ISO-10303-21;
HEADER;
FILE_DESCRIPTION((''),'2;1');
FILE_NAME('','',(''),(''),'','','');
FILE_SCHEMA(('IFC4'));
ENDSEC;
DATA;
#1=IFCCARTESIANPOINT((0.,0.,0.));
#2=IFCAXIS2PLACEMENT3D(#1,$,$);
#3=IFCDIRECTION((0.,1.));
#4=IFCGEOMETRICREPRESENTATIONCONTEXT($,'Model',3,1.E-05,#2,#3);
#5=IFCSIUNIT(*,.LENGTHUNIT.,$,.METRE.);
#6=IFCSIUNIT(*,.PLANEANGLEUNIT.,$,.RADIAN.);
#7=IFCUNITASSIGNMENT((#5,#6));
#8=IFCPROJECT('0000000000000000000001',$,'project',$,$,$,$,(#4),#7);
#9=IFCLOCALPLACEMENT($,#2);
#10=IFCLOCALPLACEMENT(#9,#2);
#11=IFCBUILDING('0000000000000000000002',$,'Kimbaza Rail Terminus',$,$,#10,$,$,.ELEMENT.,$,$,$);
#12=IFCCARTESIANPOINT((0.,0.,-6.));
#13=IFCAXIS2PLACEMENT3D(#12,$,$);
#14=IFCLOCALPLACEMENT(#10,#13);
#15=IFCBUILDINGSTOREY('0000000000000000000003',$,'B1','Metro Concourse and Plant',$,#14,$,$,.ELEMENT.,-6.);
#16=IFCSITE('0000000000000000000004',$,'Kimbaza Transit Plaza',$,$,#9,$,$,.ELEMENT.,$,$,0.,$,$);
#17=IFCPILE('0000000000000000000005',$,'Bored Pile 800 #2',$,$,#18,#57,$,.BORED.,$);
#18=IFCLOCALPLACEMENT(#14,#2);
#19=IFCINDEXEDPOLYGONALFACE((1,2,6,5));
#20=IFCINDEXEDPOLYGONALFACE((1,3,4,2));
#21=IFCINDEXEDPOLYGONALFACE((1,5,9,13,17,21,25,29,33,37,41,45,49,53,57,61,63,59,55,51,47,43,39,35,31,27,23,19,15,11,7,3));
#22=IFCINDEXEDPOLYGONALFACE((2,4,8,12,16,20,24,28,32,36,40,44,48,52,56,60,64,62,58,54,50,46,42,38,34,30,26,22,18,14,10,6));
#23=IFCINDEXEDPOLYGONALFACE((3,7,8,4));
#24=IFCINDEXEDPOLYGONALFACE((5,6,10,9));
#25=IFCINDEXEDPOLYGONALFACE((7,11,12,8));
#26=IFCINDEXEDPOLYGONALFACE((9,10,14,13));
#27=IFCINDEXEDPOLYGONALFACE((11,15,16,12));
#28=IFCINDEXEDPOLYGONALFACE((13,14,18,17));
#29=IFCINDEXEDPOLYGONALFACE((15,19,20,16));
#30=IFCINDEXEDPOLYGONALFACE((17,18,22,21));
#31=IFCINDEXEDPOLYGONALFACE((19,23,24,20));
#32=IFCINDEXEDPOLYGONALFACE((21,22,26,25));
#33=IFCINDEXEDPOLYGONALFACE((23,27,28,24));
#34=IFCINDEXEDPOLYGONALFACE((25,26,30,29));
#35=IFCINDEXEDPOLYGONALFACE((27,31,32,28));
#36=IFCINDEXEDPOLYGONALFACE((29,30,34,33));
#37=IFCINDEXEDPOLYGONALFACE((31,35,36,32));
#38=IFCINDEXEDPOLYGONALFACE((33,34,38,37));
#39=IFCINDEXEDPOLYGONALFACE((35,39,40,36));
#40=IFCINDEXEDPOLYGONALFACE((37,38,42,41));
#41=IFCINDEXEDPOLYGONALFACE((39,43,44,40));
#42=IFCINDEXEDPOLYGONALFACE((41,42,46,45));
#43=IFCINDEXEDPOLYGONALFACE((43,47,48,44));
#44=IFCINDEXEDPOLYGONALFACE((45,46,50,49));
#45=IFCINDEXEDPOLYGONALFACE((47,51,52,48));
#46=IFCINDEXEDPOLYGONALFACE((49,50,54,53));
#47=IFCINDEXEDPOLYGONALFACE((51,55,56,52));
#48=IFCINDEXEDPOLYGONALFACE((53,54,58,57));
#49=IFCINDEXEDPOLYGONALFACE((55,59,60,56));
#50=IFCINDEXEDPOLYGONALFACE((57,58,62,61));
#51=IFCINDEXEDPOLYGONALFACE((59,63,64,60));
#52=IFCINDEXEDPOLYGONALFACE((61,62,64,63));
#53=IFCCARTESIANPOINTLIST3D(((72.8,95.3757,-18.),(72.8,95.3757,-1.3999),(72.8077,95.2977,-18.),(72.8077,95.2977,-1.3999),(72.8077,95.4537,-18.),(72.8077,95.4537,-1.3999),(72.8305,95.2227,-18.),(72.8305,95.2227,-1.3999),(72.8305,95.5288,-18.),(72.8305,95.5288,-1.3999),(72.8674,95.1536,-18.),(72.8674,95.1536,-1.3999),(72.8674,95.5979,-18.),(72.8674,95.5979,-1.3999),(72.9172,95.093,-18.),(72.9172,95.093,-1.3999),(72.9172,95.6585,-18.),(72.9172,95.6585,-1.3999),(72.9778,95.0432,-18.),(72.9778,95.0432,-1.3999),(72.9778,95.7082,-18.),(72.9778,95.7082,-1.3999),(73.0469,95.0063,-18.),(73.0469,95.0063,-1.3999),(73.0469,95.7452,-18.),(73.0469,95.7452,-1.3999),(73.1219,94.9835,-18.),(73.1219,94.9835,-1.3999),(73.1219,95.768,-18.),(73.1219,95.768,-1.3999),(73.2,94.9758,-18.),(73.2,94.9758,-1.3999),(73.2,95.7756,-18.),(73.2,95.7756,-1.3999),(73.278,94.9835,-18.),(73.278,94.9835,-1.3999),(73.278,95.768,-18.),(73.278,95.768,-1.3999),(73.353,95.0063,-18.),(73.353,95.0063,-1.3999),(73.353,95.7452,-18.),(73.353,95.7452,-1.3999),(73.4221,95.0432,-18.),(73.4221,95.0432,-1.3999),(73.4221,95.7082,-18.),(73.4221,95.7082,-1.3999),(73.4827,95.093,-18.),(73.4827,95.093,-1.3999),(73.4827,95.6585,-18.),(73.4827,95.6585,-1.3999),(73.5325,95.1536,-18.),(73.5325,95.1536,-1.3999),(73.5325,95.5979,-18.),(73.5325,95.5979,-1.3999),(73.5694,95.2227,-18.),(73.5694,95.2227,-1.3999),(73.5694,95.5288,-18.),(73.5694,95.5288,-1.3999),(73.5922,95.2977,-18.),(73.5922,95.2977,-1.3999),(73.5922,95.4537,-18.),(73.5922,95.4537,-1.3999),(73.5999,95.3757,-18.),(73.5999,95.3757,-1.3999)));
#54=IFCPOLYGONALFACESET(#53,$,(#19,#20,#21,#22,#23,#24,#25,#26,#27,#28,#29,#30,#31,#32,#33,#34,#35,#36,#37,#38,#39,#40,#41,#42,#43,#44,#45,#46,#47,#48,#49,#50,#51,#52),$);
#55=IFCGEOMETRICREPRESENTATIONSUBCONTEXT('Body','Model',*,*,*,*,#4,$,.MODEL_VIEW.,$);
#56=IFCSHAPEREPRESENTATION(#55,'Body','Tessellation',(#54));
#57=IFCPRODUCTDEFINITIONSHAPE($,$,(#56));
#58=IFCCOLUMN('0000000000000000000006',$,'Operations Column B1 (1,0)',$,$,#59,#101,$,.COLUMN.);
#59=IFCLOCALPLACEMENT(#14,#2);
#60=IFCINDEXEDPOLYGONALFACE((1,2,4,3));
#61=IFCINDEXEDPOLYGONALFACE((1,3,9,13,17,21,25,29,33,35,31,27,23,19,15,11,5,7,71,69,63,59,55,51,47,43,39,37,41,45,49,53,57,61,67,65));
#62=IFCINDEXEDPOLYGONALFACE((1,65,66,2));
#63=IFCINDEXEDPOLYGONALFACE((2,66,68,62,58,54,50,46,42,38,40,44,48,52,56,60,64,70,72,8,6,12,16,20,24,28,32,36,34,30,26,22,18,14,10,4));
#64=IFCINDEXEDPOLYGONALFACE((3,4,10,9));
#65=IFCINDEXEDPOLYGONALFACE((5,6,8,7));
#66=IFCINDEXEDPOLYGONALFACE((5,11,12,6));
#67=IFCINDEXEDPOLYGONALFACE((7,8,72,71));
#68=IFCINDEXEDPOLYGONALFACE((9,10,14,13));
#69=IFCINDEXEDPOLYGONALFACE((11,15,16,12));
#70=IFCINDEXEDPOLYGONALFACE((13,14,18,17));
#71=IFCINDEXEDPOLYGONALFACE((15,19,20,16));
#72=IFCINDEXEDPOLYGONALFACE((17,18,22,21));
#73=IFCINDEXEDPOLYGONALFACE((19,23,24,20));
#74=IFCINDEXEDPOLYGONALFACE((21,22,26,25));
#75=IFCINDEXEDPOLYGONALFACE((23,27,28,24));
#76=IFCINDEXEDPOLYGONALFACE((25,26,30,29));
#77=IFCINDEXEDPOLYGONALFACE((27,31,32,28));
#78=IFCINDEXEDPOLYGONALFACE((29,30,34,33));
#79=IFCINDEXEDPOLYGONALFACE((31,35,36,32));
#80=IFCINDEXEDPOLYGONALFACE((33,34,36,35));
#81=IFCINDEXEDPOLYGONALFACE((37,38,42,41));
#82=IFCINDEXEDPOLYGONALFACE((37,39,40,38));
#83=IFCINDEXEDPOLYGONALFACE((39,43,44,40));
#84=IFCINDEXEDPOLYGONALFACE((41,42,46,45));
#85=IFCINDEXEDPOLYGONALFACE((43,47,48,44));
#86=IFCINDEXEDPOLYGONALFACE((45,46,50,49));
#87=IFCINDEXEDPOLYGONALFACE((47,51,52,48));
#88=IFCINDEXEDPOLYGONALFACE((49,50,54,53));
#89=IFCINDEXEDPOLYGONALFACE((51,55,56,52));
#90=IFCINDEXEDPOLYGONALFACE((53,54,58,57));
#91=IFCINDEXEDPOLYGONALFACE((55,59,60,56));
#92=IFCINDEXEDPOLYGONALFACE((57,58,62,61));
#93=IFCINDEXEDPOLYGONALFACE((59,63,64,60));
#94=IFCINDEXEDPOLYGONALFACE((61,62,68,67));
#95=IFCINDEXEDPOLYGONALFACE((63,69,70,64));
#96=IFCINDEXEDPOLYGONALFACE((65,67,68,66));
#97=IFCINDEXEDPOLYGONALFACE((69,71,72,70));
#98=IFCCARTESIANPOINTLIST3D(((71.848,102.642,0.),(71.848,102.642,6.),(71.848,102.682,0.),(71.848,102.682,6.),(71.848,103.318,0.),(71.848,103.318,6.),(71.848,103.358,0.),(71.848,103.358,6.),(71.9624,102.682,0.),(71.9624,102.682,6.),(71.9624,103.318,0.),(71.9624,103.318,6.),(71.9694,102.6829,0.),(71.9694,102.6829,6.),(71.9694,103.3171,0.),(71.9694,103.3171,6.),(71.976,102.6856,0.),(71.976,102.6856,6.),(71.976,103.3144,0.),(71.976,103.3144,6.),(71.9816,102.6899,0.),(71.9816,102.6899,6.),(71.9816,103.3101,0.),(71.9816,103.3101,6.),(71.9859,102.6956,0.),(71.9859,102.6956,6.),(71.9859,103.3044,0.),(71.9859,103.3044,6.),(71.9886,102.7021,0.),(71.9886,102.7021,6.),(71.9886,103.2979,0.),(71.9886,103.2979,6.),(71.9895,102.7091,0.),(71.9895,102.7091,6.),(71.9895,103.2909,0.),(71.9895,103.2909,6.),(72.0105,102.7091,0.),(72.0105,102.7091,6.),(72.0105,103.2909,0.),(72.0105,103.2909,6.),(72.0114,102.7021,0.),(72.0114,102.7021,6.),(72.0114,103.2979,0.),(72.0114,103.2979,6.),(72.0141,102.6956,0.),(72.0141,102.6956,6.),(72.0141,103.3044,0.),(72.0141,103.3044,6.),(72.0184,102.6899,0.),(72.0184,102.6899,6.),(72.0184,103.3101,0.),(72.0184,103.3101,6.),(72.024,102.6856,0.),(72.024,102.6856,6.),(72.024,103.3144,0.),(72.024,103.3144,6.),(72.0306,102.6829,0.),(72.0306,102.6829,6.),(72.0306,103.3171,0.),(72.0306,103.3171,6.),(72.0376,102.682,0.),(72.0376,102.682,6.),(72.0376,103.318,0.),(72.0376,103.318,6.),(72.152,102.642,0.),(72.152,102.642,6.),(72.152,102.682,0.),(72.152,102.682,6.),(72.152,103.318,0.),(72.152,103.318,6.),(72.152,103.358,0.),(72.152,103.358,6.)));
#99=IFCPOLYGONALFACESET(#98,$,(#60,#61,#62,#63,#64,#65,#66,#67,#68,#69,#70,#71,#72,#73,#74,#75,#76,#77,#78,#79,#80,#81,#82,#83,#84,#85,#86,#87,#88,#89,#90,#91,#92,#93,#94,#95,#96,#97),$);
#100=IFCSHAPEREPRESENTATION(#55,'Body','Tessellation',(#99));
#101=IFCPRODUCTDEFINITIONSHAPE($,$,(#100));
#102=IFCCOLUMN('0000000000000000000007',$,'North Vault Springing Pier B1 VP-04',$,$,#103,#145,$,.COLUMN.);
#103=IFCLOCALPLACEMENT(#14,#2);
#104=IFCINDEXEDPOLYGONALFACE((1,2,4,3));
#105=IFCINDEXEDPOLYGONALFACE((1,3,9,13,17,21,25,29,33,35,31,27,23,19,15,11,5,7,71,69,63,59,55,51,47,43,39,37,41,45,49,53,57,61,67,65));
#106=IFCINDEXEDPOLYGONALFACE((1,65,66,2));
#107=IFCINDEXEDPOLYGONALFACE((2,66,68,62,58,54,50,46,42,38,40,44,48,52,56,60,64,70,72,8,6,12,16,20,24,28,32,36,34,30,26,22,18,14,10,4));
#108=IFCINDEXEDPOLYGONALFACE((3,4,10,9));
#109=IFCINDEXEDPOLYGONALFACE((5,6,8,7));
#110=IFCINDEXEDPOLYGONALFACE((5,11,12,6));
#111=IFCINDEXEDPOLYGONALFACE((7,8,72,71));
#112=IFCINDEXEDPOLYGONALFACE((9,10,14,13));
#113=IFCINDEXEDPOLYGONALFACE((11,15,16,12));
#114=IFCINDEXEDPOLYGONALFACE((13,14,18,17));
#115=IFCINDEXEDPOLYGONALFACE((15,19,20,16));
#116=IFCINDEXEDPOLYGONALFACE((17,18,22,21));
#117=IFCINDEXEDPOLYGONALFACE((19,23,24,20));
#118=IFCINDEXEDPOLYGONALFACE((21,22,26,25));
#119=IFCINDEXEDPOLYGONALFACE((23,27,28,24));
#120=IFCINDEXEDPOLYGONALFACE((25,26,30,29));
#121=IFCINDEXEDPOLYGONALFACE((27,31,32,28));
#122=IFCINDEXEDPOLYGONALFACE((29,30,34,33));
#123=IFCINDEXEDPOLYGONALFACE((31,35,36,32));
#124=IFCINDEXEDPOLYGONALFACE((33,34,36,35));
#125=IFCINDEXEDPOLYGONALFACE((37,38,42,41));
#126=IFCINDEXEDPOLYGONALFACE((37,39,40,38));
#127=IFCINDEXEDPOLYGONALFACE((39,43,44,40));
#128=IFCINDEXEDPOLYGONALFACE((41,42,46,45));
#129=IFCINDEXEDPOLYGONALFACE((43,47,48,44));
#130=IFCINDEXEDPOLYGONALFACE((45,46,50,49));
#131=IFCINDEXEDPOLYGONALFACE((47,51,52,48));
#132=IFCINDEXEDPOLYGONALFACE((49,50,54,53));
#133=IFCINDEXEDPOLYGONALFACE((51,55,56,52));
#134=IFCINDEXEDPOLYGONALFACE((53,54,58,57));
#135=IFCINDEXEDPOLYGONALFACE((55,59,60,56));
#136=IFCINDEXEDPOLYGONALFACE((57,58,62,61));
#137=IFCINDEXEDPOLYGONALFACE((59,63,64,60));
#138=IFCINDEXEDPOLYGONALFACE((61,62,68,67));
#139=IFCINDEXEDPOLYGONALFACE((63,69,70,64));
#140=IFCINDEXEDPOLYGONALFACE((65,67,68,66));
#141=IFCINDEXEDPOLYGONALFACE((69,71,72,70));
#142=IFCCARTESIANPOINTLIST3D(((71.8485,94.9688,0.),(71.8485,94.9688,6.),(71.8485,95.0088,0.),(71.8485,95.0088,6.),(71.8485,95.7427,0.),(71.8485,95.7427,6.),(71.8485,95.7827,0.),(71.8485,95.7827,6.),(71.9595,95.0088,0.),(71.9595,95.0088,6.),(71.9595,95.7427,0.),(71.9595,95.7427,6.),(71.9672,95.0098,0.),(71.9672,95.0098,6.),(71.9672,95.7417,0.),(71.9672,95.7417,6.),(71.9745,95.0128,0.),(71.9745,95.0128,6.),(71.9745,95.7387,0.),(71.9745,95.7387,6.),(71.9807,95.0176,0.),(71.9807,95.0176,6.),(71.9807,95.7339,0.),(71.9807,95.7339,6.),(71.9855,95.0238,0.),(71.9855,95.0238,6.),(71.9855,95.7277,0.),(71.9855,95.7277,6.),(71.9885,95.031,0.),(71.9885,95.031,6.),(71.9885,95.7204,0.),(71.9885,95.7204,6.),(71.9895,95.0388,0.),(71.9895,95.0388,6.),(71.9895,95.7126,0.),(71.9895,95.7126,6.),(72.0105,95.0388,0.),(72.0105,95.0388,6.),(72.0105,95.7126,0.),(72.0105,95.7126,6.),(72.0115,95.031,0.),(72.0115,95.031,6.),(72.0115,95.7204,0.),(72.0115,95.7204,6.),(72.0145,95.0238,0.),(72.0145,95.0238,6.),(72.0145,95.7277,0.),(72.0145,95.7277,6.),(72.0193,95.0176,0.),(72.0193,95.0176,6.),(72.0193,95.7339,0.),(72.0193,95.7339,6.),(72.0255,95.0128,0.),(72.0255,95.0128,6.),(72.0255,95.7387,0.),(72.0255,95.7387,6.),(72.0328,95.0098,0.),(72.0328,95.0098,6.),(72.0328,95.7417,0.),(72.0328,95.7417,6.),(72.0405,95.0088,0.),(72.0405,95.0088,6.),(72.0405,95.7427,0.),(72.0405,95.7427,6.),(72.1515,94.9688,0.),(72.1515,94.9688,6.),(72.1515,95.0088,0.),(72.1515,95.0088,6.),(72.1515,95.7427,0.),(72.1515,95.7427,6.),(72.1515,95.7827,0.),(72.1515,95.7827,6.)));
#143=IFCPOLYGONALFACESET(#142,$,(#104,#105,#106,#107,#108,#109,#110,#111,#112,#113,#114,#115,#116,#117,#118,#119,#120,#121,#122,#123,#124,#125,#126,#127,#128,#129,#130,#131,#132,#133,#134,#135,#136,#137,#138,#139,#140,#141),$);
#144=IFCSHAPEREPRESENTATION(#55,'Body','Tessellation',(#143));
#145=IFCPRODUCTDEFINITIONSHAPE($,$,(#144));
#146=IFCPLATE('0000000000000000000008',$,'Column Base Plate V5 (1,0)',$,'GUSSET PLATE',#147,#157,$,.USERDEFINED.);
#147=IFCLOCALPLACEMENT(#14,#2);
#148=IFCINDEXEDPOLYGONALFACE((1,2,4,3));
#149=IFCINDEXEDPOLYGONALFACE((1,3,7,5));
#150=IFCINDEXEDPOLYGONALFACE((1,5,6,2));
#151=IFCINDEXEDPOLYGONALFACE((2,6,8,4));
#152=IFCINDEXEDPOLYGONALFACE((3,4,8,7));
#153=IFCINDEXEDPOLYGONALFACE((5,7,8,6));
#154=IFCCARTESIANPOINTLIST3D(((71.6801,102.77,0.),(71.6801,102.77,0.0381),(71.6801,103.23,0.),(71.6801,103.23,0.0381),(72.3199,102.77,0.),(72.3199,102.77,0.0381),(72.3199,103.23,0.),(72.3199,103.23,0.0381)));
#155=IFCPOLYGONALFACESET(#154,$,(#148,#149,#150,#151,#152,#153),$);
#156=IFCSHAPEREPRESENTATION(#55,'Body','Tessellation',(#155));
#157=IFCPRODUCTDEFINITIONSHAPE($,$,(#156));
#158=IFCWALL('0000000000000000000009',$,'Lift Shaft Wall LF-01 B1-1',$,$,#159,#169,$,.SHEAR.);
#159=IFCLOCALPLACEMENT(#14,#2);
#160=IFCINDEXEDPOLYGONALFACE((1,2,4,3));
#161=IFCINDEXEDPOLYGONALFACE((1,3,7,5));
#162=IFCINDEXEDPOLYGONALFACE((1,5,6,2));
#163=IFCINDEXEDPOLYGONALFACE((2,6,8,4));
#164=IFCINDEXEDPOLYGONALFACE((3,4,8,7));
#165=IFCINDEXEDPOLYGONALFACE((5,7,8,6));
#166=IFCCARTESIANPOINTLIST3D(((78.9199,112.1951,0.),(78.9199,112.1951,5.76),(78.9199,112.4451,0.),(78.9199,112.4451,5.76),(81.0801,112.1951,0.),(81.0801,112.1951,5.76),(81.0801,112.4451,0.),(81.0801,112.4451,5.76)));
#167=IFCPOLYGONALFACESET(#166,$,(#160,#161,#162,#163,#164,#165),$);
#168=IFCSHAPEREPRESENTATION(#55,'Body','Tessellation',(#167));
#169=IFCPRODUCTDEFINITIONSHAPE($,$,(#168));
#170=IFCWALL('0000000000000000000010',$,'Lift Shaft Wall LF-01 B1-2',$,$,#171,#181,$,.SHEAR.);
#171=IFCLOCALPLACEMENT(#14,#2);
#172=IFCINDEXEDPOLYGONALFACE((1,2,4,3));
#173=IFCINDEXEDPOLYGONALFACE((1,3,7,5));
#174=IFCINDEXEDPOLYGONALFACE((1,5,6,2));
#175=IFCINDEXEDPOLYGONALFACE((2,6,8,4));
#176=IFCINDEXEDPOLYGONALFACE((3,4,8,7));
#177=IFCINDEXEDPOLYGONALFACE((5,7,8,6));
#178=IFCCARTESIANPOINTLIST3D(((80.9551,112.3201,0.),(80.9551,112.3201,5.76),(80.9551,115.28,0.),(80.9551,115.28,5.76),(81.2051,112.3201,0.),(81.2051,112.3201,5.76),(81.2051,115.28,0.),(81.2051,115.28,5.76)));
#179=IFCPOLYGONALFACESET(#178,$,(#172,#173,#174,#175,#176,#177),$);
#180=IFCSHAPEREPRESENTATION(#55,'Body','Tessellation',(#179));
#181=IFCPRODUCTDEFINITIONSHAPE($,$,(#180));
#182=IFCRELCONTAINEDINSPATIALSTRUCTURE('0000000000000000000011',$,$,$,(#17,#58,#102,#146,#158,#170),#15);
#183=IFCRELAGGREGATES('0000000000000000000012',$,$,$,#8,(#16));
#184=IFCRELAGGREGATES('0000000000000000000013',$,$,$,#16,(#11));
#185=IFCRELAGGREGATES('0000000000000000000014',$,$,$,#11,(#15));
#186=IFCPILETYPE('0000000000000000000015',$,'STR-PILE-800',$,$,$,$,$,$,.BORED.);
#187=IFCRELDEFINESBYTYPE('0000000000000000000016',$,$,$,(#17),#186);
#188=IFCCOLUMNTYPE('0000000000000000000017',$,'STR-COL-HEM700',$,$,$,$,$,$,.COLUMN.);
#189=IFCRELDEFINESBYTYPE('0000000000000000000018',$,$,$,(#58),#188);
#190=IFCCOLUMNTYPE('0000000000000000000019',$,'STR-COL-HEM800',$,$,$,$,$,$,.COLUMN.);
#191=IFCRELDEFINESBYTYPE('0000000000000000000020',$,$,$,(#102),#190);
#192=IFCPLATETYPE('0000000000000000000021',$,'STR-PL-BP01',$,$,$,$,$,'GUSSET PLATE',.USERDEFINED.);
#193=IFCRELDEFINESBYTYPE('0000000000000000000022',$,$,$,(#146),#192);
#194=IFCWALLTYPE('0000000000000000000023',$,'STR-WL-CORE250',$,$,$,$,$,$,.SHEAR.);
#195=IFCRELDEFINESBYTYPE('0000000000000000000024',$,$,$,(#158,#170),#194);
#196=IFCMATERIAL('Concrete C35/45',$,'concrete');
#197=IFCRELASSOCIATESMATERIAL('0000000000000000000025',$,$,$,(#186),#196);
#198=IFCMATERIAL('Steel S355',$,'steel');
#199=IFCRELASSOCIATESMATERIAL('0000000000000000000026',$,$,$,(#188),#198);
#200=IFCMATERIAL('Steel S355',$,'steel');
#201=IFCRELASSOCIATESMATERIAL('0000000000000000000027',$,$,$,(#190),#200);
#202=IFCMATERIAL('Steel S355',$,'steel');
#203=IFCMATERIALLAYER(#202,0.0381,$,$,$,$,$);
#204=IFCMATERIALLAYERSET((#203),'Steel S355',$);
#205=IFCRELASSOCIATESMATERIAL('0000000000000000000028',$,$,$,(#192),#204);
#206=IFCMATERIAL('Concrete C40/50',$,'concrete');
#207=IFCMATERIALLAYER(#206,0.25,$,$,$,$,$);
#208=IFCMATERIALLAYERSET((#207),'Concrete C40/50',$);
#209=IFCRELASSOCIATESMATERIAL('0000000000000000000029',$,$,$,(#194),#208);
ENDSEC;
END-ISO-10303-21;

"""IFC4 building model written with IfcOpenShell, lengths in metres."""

from ifc_helpers import new_model, si_unit, direction, frame, frame_2d, origin, origin_2d, place, context, subcontext, project, spatial, rectangle, circle, i_section, extrude, material, layer, layer_set, material_profile, profile_set, type_object, element, save


model = new_model("IFC4")

# Units and contexts
model_context = context("Model", 3, precision=1e-05, world=origin(), true_north=direction((0.0, 1.0)))
body_context = subcontext(model_context, "Body", "Model", "MODEL_VIEW")
ifc_project = project(units=[si_unit("LENGTHUNIT", "METRE"), si_unit("PLANEANGLEUNIT", "RADIAN")], contexts=[model_context])

# Site, building, storey
site_placement = place(None, origin())
site = spatial("IfcSite", under=ifc_project, at=site_placement, Name="Kimbaza Transit Plaza", CompositionType="ELEMENT", RefElevation=0.0)
building_placement = place(site_placement, origin())
building = spatial("IfcBuilding", under=site, at=building_placement, Name="Kimbaza Rail Terminus", CompositionType="ELEMENT")
storey_placement = place(building_placement, frame((0.0, 0.0, -6.0)))
storey = spatial("IfcBuildingStorey", under=building, at=storey_placement, Name="B1", Description="Metro Concourse and Plant", CompositionType="ELEMENT", Elevation=-6.0)

# Pile
ifc_material_1 = material(Name="Concrete C35/45", Category="concrete")
ifc_material_profile_1 = material_profile(ifc_material_1, circle(Radius=0.3999, at=origin_2d()), Name="BORED PILE 800")
ifc_profile_set_1 = profile_set([ifc_material_profile_1], Name="Concrete C35/45")
pile_type = type_object("IfcPileType", Name="STR-PILE-800", PredefinedType="BORED", material=ifc_profile_set_1)
pile_1_placement = place(storey_placement, frame((73.2, 95.3757, -1.3999), z_axis=(0.0, 0.0, -1.0), x_axis=(1.0, 0.0, 0.0)))
element("IfcPile", 1, at=pile_1_placement, inside=storey, type_object=pile_type, Name="Bored Pile 800 #2", PredefinedType="BORED", context=body_context, shape_type="SweptSolid", body=[
    extrude(circle(Radius=0.3999, at=origin_2d()), origin(), (0.0, 0.0, 1.0), 16.6001),
])

# Columns
ifc_material_2 = material(Name="Steel S355", Category="steel")
ifc_material_profile_2 = material_profile(ifc_material_2, i_section(OverallWidth=0.304, OverallDepth=0.7161, WebThickness=0.021, FlangeThickness=0.04, FilletRadius=0.0271, at=origin_2d()), Name="HEM 700")
ifc_profile_set_2 = profile_set([ifc_material_profile_2], Name="Steel S355")
column_type_1 = type_object("IfcColumnType", Name="STR-COL-HEM700", PredefinedType="COLUMN", material=ifc_profile_set_2)
column_1_placement = place(storey_placement, frame((72.0, 103.0, 0.0), z_axis=(0.0, 0.0, 1.0), x_axis=(1.0, 0.0, 0.0)))
element("IfcColumn", 2, at=column_1_placement, inside=storey, type_object=column_type_1, Name="Operations Column B1 (1,0)", PredefinedType="COLUMN", context=body_context, shape_type="SweptSolid", body=[
    extrude(i_section(OverallWidth=0.304, OverallDepth=0.7161, WebThickness=0.021, FlangeThickness=0.04, FilletRadius=0.0271, at=origin_2d()), origin(), (0.0, 0.0, 1.0), 6.0),
])
ifc_material_3 = material(Name="Steel S355", Category="steel")
ifc_material_profile_3 = material_profile(ifc_material_3, i_section(OverallWidth=0.303, OverallDepth=0.814, WebThickness=0.021, FlangeThickness=0.04, FilletRadius=0.03, at=origin_2d()), Name="HEM 800")
ifc_profile_set_3 = profile_set([ifc_material_profile_3], Name="Steel S355")
column_type_2 = type_object("IfcColumnType", Name="STR-COL-HEM800", PredefinedType="COLUMN", material=ifc_profile_set_3)
column_2_placement = place(storey_placement, frame((72.0, 95.3757, 0.0), z_axis=(0.0, 0.0, 1.0), x_axis=(1.0, 0.0, 0.0)))
element("IfcColumn", 3, at=column_2_placement, inside=storey, type_object=column_type_2, Name="North Vault Springing Pier B1 VP-04", PredefinedType="COLUMN", context=body_context, shape_type="SweptSolid", body=[
    extrude(i_section(OverallWidth=0.303, OverallDepth=0.814, WebThickness=0.021, FlangeThickness=0.04, FilletRadius=0.03, at=origin_2d()), origin(), (0.0, 0.0, 1.0), 6.0),
])

# Plate
ifc_material_4 = material(Name="Steel S355", Category="steel")
ifc_layer_1 = layer(ifc_material_4, 0.0381)
ifc_layer_set_1 = layer_set([ifc_layer_1], Name="Steel S355")
plate_type = type_object("IfcPlateType", Name="STR-PL-BP01", ElementType="GUSSET PLATE", PredefinedType="USERDEFINED", material=ifc_layer_set_1)
plate_placement = place(storey_placement, frame((72.0, 103.0, 0.0), z_axis=(0.0, 0.0, 1.0), x_axis=(1.0, 0.0, 0.0)))
element("IfcPlate", 4, at=plate_placement, inside=storey, type_object=plate_type, Name="Column Base Plate V5 (1,0)", ObjectType="GUSSET PLATE", PredefinedType="USERDEFINED", context=body_context, shape_type="SweptSolid", body=[
    extrude(rectangle(XDim=0.6399, YDim=0.46, at=origin_2d()), origin(), (0.0, 0.0, 1.0), 0.0381),
])

# Walls
ifc_material_5 = material(Name="Concrete C40/50", Category="concrete")
ifc_layer_2 = layer(ifc_material_5, 0.25)
ifc_layer_set_2 = layer_set([ifc_layer_2], Name="Concrete C40/50")
wall_type_1 = type_object("IfcWallType", Name="STR-WL-CORE250", PredefinedType="SHEAR", material=ifc_layer_set_2)
wall_1_placement = place(storey_placement, frame((78.9199, 112.3201, 0.0), z_axis=(0.0, 0.0, 1.0), x_axis=(1.0, 0.0, 0.0)))
element("IfcWall", 5, at=wall_1_placement, inside=storey, type_object=wall_type_1, Name="Lift Shaft Wall LF-01 B1-1", PredefinedType="SHEAR", context=body_context, shape_type="SweptSolid", body=[
    extrude(rectangle(XDim=2.1602, YDim=0.25, at=frame_2d((1.0801, 0.0))), origin(), (0.0, 0.0, 1.0), 5.76),
])
wall_2_placement = place(storey_placement, frame((81.0801, 112.3201, 0.0), z_axis=(0.0, 0.0, 1.0), x_axis=(0.0, 1.0, 0.0)))
element("IfcWall", 6, at=wall_2_placement, inside=storey, type_object=wall_type_1, Name="Lift Shaft Wall LF-01 B1-2", PredefinedType="SHEAR", context=body_context, shape_type="SweptSolid", body=[
    extrude(rectangle(XDim=2.96, YDim=0.25, at=frame_2d((1.48, 0.0))), origin(), (0.0, 0.0, 1.0), 5.76),
])

save(model, "model.ifc")
